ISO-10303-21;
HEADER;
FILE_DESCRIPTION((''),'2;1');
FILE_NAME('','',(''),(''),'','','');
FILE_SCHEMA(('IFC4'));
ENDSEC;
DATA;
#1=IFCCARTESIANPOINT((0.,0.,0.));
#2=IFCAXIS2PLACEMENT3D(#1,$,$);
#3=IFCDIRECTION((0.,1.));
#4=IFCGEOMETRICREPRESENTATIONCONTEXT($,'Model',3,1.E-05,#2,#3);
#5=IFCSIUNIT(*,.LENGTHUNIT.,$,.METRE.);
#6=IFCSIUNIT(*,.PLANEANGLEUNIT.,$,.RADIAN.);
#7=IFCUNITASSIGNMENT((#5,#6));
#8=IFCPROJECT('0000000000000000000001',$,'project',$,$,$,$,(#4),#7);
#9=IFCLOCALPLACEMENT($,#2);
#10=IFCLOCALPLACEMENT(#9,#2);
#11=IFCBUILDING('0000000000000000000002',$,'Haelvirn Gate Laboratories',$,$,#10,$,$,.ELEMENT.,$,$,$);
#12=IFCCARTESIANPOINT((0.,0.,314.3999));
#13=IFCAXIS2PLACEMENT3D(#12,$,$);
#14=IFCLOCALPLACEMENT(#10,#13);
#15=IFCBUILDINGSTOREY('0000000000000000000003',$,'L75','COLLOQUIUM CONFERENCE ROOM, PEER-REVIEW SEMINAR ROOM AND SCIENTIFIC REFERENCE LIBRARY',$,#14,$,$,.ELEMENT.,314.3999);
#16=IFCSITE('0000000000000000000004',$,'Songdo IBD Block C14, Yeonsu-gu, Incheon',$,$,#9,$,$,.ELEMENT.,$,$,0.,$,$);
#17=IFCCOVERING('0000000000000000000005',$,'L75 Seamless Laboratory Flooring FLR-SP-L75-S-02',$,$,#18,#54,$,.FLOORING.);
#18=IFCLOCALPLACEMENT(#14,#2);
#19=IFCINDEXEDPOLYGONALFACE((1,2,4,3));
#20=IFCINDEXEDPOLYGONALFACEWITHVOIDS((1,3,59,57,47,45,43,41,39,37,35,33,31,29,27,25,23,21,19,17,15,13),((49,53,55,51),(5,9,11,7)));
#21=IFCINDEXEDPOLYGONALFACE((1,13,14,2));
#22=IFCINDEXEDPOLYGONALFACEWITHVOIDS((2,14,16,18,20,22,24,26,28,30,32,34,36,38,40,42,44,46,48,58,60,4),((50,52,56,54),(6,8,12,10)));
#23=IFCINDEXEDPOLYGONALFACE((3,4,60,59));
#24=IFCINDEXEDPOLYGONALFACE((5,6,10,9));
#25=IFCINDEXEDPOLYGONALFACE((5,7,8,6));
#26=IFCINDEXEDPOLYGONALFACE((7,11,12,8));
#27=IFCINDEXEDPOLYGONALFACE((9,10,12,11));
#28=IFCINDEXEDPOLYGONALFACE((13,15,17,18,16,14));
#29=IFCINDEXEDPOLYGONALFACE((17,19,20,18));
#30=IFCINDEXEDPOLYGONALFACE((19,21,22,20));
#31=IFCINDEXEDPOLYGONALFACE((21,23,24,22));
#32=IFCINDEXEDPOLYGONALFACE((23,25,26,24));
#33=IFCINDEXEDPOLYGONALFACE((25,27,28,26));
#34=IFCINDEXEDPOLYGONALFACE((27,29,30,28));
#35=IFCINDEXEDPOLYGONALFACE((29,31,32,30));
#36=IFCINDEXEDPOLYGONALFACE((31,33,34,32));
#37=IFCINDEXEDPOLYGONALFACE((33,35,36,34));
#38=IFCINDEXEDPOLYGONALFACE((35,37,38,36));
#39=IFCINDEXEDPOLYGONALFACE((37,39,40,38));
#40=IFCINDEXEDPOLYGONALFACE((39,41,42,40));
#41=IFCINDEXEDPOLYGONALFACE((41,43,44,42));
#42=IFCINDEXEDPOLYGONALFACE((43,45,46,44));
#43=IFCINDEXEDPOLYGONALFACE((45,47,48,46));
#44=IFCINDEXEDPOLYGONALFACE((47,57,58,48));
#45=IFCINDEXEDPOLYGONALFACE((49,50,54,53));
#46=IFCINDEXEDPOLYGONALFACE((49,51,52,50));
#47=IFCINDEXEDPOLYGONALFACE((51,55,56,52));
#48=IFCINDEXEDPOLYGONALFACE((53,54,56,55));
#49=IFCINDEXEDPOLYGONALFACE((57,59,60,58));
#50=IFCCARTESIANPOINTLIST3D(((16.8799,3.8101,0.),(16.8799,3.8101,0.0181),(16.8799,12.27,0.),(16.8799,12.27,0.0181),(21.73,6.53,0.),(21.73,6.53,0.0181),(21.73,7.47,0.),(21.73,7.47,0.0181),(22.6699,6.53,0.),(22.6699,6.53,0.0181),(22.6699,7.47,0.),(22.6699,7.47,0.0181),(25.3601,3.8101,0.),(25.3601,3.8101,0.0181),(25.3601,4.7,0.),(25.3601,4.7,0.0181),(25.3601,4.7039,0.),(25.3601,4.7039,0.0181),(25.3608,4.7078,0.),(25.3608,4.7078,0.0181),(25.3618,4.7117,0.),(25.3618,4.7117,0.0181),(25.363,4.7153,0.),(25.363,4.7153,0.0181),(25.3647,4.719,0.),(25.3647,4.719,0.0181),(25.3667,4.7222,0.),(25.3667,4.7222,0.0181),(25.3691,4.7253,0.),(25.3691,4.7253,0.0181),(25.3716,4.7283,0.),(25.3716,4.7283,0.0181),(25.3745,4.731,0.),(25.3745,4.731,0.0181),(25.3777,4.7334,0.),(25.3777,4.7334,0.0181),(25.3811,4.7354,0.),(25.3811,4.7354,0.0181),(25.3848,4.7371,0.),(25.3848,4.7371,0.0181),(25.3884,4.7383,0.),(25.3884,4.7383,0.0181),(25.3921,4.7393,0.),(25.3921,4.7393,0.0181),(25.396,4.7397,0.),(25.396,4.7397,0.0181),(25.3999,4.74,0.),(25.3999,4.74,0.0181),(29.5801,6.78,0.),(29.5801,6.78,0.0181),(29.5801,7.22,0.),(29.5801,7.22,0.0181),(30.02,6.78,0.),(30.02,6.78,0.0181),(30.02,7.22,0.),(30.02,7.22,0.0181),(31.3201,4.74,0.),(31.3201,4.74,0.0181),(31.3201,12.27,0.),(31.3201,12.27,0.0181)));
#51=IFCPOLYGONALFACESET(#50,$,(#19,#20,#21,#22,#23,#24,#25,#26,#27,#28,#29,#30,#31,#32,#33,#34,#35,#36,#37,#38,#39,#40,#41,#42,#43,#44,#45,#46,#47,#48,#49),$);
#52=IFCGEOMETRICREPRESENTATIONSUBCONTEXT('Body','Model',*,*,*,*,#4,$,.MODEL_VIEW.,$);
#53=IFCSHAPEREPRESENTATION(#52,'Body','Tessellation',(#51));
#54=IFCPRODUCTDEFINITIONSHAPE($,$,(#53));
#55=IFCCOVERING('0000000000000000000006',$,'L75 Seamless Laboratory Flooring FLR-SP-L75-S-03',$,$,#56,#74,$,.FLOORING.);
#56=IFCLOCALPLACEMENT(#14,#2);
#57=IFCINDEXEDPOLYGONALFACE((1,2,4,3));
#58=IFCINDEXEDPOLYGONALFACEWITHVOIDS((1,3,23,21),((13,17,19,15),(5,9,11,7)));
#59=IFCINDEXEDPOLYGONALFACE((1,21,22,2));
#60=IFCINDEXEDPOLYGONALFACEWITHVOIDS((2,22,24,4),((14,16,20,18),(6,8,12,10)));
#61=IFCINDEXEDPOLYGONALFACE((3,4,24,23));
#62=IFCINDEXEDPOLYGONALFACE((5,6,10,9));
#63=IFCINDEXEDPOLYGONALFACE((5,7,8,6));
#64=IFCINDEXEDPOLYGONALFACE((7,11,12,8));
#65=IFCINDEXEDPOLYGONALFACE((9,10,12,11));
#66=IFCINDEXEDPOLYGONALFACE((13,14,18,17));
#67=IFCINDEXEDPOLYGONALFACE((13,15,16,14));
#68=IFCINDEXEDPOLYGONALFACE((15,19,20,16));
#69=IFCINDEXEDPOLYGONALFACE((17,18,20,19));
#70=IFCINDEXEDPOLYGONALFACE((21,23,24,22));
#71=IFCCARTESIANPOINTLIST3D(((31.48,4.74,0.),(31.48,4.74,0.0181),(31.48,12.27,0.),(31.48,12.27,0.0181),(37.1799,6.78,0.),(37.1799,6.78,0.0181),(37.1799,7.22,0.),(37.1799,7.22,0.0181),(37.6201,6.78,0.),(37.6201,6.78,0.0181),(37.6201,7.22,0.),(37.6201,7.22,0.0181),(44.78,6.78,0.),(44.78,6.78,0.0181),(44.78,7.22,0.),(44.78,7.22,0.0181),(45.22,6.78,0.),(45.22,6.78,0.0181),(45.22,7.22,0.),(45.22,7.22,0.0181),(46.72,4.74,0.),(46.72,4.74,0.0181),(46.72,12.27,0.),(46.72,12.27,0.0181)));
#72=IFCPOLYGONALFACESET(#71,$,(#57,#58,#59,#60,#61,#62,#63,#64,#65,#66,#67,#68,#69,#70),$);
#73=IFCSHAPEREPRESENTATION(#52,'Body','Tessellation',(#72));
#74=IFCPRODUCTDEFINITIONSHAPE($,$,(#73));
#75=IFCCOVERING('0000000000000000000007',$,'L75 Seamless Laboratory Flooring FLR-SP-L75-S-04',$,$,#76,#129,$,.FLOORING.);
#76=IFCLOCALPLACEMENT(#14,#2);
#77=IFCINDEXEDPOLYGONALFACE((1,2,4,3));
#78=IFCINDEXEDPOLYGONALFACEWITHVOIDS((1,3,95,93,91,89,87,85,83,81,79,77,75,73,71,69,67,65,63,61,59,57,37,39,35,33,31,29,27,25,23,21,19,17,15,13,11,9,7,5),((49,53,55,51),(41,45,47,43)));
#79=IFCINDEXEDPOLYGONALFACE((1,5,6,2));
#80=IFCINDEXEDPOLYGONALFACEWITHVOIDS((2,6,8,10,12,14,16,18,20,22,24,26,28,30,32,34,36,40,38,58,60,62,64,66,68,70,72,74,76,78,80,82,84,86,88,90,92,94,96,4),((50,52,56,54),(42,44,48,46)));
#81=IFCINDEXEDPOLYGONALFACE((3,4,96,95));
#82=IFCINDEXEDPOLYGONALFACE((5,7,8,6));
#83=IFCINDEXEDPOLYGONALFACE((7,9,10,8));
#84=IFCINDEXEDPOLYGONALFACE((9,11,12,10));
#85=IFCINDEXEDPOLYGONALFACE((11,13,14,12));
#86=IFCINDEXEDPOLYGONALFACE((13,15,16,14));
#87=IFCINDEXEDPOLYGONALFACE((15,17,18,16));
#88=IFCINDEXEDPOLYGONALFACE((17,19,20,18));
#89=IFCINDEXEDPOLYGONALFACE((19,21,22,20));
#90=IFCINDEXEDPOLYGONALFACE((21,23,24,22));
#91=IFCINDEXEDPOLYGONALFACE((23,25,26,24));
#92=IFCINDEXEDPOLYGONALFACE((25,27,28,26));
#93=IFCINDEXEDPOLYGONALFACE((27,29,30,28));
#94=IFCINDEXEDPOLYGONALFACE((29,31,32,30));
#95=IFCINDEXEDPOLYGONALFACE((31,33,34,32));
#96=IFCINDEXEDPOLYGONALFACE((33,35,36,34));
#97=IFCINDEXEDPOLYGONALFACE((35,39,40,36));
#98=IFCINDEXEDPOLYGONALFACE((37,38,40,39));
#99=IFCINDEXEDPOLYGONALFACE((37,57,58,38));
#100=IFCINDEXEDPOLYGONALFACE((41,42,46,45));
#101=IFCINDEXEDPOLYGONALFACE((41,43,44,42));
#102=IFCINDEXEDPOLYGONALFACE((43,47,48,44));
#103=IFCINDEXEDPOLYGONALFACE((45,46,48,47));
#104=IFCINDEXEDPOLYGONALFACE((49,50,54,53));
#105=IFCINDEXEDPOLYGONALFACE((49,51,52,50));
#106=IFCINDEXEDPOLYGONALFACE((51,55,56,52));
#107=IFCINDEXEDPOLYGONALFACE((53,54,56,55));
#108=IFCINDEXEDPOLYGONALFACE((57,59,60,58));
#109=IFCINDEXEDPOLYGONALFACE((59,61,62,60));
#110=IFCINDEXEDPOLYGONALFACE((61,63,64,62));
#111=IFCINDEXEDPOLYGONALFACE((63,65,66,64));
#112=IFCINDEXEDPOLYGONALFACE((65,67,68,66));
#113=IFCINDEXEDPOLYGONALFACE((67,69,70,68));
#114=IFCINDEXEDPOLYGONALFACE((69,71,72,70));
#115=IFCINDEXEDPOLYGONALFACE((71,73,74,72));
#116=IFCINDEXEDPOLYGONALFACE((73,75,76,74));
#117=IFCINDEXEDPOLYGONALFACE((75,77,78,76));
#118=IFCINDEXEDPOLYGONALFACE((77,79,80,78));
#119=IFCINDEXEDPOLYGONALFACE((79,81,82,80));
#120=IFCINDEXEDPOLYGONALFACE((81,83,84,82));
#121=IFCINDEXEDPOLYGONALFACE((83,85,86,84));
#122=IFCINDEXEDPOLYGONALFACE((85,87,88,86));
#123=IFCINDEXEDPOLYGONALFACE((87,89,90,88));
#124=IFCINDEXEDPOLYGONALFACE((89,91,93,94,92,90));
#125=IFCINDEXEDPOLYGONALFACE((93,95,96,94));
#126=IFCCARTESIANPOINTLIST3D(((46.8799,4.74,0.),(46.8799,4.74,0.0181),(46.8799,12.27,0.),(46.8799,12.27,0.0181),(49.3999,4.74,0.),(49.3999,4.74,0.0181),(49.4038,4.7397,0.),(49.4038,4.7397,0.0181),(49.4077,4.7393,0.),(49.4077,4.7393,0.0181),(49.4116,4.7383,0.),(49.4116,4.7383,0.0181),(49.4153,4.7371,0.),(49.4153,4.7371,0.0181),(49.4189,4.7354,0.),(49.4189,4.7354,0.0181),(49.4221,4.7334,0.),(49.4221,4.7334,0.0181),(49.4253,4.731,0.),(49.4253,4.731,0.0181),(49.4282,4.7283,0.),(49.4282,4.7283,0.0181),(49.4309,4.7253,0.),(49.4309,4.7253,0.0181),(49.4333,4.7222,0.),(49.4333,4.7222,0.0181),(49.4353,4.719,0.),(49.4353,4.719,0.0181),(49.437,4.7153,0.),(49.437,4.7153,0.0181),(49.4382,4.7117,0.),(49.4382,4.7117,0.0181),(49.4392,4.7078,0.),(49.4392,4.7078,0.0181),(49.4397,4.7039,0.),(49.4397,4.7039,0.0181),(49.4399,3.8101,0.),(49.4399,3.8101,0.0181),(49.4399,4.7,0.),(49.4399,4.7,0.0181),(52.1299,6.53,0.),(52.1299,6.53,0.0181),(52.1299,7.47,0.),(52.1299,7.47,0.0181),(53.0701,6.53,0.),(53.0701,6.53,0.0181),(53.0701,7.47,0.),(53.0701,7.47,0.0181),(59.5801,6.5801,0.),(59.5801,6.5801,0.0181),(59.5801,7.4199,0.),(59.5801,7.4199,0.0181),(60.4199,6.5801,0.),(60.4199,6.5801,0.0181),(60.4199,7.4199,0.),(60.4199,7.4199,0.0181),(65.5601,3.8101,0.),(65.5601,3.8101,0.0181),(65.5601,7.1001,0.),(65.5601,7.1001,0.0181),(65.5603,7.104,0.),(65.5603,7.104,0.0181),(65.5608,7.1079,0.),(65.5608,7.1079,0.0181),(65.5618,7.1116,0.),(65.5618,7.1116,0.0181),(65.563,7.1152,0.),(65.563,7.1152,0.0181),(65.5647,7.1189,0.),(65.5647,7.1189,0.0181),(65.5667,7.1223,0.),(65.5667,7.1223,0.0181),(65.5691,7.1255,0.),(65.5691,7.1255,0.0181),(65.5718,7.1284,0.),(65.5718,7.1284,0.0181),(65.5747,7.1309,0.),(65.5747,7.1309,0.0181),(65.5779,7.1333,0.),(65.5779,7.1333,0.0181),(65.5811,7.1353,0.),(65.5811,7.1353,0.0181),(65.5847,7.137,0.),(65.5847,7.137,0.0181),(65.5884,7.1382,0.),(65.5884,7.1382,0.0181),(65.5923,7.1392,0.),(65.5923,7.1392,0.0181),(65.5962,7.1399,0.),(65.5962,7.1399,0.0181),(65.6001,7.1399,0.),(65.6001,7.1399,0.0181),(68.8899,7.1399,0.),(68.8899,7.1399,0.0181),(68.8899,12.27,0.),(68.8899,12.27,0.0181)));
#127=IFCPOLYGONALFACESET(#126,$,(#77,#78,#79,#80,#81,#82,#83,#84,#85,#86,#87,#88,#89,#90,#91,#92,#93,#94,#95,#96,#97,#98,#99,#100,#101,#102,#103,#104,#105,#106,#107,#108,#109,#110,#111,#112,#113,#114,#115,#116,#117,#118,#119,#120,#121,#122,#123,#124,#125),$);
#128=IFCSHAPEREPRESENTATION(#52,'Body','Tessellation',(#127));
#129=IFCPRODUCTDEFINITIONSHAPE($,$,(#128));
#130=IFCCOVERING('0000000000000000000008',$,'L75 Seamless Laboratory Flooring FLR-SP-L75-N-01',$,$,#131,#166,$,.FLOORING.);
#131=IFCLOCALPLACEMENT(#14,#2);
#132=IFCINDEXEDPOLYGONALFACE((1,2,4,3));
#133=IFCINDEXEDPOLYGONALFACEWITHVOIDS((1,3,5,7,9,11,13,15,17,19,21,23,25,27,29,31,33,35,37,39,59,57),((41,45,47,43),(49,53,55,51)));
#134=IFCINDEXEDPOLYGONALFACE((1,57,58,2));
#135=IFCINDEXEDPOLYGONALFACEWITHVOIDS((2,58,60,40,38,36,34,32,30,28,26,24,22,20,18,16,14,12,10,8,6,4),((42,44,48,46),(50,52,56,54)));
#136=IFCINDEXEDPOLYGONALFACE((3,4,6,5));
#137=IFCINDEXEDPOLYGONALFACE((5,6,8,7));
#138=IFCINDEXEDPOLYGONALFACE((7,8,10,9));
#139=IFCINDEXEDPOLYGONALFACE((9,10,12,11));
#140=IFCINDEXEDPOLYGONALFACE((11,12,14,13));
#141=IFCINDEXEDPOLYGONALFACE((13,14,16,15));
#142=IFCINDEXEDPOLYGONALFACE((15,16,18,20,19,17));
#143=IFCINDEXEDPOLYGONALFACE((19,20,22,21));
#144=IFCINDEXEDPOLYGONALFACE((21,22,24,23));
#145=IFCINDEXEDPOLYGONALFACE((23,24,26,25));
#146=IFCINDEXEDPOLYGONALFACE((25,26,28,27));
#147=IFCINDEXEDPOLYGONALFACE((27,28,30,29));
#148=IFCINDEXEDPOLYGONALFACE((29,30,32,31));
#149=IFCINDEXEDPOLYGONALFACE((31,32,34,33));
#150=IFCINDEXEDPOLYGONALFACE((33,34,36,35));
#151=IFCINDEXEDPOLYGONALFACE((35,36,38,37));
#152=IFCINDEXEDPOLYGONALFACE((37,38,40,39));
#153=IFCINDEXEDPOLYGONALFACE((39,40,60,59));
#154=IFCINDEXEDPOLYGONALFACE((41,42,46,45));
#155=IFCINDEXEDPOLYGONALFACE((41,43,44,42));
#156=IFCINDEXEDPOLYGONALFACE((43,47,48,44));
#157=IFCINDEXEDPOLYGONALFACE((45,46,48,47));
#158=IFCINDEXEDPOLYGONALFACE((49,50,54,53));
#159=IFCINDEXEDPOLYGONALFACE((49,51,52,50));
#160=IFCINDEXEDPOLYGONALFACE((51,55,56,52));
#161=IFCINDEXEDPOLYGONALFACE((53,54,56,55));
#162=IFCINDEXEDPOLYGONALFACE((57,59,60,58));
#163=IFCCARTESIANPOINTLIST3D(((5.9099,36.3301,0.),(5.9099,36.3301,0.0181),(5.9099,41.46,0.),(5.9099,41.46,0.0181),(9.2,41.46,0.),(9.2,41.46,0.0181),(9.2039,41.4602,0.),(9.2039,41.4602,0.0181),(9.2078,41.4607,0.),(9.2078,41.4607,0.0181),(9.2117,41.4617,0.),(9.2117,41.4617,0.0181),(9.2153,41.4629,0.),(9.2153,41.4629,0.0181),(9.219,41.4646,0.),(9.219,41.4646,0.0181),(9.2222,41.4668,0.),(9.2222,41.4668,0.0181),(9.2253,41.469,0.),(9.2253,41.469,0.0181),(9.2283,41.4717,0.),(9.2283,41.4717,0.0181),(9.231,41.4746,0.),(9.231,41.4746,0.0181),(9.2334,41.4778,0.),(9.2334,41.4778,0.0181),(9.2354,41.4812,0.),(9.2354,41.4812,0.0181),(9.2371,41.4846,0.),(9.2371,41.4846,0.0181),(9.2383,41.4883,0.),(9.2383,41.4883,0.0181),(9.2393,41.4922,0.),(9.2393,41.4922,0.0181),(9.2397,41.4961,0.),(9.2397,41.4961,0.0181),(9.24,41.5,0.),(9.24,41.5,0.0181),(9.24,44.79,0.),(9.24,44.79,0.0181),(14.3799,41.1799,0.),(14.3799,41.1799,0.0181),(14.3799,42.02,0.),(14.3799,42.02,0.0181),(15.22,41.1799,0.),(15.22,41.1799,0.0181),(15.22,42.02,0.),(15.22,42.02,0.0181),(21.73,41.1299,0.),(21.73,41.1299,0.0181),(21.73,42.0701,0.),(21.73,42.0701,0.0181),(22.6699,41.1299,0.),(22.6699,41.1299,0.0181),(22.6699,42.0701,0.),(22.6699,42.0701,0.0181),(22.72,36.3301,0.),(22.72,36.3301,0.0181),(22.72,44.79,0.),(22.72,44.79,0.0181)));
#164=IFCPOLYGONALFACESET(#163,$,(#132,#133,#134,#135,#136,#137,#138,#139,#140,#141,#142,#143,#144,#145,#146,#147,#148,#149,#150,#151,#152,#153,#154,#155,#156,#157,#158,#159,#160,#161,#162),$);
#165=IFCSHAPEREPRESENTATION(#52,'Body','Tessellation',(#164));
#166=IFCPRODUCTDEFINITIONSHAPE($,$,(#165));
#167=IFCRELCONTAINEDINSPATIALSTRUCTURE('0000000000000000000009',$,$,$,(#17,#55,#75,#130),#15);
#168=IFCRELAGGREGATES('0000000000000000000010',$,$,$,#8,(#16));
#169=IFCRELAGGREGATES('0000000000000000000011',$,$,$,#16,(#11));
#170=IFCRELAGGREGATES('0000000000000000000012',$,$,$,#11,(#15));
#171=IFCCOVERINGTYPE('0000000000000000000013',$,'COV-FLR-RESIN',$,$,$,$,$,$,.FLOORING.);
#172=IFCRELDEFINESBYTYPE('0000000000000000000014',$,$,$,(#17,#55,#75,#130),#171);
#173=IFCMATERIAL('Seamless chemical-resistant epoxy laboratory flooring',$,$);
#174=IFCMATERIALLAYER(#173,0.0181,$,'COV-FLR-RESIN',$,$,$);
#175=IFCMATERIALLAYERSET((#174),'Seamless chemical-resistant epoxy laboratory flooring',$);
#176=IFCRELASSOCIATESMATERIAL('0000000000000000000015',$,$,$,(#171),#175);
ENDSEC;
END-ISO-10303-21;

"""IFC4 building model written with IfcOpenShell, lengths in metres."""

from ifc_helpers import new_model, si_unit, direction, frame, origin, place, context, subcontext, project, spatial, polyline, outline, extrude, material, layer, layer_set, type_object, element, save


model = new_model("IFC4")

# Units and contexts
model_context = context("Model", 3, precision=1e-05, world=origin(), true_north=direction((0.0, 1.0)))
body_context = subcontext(model_context, "Body", "Model", "MODEL_VIEW")
ifc_project = project(units=[si_unit("LENGTHUNIT", "METRE"), si_unit("PLANEANGLEUNIT", "RADIAN")], contexts=[model_context])

# Site, building, storey
site_placement = place(None, origin())
site = spatial("IfcSite", under=ifc_project, at=site_placement, Name="Songdo IBD Block C14, Yeonsu-gu, Incheon", CompositionType="ELEMENT", RefElevation=0.0)
building_placement = place(site_placement, origin())
building = spatial("IfcBuilding", under=site, at=building_placement, Name="Haelvirn Gate Laboratories", CompositionType="ELEMENT")
storey_placement = place(building_placement, frame((0.0, 0.0, 314.3999)))
storey = spatial("IfcBuildingStorey", under=building, at=storey_placement, Name="L75", Description="COLLOQUIUM CONFERENCE ROOM, PEER-REVIEW SEMINAR ROOM AND SCIENTIFIC REFERENCE LIBRARY", CompositionType="ELEMENT", Elevation=314.3999)

# Coverings
ifc_material_1 = material(Name="Seamless chemical-resistant epoxy laboratory flooring")
ifc_layer_1 = layer(ifc_material_1, 0.0181, Name="COV-FLR-RESIN")
ifc_layer_set_1 = layer_set([ifc_layer_1], Name="Seamless chemical-resistant epoxy laboratory flooring")
covering_type = type_object("IfcCoveringType", Name="COV-FLR-RESIN", PredefinedType="FLOORING", material=ifc_layer_set_1)
covering_1_placement = place(storey_placement, origin())
element("IfcCovering", 1, at=covering_1_placement, inside=storey, type_object=covering_type, Name="L75 Seamless Laboratory Flooring FLR-SP-L75-S-02", PredefinedType="FLOORING", context=body_context, shape_type="SweptSolid", body=[
    extrude(outline(polyline([(31.3201, 4.74), (25.3999, 4.74), (25.396, 4.7397), (25.3921, 4.7393), (25.3884, 4.7383), (25.3848, 4.7371), (25.3811, 4.7354), (25.3777, 4.7334), (25.3745, 4.731), (25.3716, 4.7283), (25.3691, 4.7253), (25.3667, 4.7222), (25.3647, 4.719), (25.363, 4.7153), (25.3618, 4.7117), (25.3608, 4.7078), (25.3601, 4.7039), (25.3601, 4.7), (25.3601, 3.8101), (16.8799, 3.8101), (16.8799, 12.27), (31.3201, 12.27), (31.3201, 4.74)]), holes=[polyline([(21.73, 6.53), (22.6699, 6.53), (22.6699, 7.47), (21.73, 7.47), (21.73, 6.53)]), polyline([(29.5801, 7.22), (29.5801, 6.78), (30.02, 6.78), (30.02, 7.22), (29.5801, 7.22)])]), origin(), (0.0, 0.0, 1.0), 0.0181),
])
covering_2_placement = place(storey_placement, origin())
element("IfcCovering", 2, at=covering_2_placement, inside=storey, type_object=covering_type, Name="L75 Seamless Laboratory Flooring FLR-SP-L75-S-03", PredefinedType="FLOORING", context=body_context, shape_type="SweptSolid", body=[
    extrude(outline(polyline([(31.48, 4.74), (31.48, 12.27), (46.72, 12.27), (46.72, 4.74), (31.48, 4.74)]), holes=[polyline([(37.1799, 6.78), (37.6201, 6.78), (37.6201, 7.22), (37.1799, 7.22), (37.1799, 6.78)]), polyline([(44.78, 7.22), (44.78, 6.78), (45.22, 6.78), (45.22, 7.22), (44.78, 7.22)])]), origin(), (0.0, 0.0, 1.0), 0.0181),
])
covering_3_placement = place(storey_placement, origin())
element("IfcCovering", 3, at=covering_3_placement, inside=storey, type_object=covering_type, Name="L75 Seamless Laboratory Flooring FLR-SP-L75-S-04", PredefinedType="FLOORING", context=body_context, shape_type="SweptSolid", body=[
    extrude(outline(polyline([(65.6001, 7.1399), (65.5962, 7.1399), (65.5923, 7.1392), (65.5884, 7.1382), (65.5847, 7.137), (65.5811, 7.1353), (65.5779, 7.1333), (65.5747, 7.1309), (65.5718, 7.1284), (65.5691, 7.1255), (65.5667, 7.1223), (65.5647, 7.1189), (65.563, 7.1152), (65.5618, 7.1116), (65.5608, 7.1079), (65.5603, 7.104), (65.5601, 7.1001), (65.5601, 3.8101), (49.4399, 3.8101), (49.4399, 4.7), (49.4397, 4.7039), (49.4392, 4.7078), (49.4382, 4.7117), (49.437, 4.7153), (49.4353, 4.719), (49.4333, 4.7222), (49.4309, 4.7253), (49.4282, 4.7283), (49.4253, 4.731), (49.4221, 4.7334), (49.4189, 4.7354), (49.4153, 4.7371), (49.4116, 4.7383), (49.4077, 4.7393), (49.4038, 4.7397), (49.3999, 4.74), (46.8799, 4.74), (46.8799, 12.27), (68.8899, 12.27), (68.8899, 7.1399), (65.6001, 7.1399)]), holes=[polyline([(52.1299, 6.53), (53.0701, 6.53), (53.0701, 7.47), (52.1299, 7.47), (52.1299, 6.53)]), polyline([(59.5801, 7.4199), (59.5801, 6.5801), (60.4199, 6.5801), (60.4199, 7.4199), (59.5801, 7.4199)])]), origin(), (0.0, 0.0, 1.0), 0.0181),
])
covering_4_placement = place(storey_placement, origin())
element("IfcCovering", 4, at=covering_4_placement, inside=storey, type_object=covering_type, Name="L75 Seamless Laboratory Flooring FLR-SP-L75-N-01", PredefinedType="FLOORING", context=body_context, shape_type="SweptSolid", body=[
    extrude(outline(polyline([(5.9099, 41.46), (9.2, 41.46), (9.2039, 41.4602), (9.2078, 41.4607), (9.2117, 41.4617), (9.2153, 41.4629), (9.219, 41.4646), (9.2222, 41.4668), (9.2253, 41.469), (9.2283, 41.4717), (9.231, 41.4746), (9.2334, 41.4778), (9.2354, 41.4812), (9.2371, 41.4846), (9.2383, 41.4883), (9.2393, 41.4922), (9.2397, 41.4961), (9.24, 41.5), (9.24, 44.79), (22.72, 44.79), (22.72, 36.3301), (5.9099, 36.3301), (5.9099, 41.46)]), holes=[polyline([(14.3799, 41.1799), (15.22, 41.1799), (15.22, 42.02), (14.3799, 42.02), (14.3799, 41.1799)]), polyline([(21.73, 42.0701), (21.73, 41.1299), (22.6699, 41.1299), (22.6699, 42.0701), (21.73, 42.0701)])]), origin(), (0.0, 0.0, 1.0), 0.0181),
])

save(model, "model.ifc")
